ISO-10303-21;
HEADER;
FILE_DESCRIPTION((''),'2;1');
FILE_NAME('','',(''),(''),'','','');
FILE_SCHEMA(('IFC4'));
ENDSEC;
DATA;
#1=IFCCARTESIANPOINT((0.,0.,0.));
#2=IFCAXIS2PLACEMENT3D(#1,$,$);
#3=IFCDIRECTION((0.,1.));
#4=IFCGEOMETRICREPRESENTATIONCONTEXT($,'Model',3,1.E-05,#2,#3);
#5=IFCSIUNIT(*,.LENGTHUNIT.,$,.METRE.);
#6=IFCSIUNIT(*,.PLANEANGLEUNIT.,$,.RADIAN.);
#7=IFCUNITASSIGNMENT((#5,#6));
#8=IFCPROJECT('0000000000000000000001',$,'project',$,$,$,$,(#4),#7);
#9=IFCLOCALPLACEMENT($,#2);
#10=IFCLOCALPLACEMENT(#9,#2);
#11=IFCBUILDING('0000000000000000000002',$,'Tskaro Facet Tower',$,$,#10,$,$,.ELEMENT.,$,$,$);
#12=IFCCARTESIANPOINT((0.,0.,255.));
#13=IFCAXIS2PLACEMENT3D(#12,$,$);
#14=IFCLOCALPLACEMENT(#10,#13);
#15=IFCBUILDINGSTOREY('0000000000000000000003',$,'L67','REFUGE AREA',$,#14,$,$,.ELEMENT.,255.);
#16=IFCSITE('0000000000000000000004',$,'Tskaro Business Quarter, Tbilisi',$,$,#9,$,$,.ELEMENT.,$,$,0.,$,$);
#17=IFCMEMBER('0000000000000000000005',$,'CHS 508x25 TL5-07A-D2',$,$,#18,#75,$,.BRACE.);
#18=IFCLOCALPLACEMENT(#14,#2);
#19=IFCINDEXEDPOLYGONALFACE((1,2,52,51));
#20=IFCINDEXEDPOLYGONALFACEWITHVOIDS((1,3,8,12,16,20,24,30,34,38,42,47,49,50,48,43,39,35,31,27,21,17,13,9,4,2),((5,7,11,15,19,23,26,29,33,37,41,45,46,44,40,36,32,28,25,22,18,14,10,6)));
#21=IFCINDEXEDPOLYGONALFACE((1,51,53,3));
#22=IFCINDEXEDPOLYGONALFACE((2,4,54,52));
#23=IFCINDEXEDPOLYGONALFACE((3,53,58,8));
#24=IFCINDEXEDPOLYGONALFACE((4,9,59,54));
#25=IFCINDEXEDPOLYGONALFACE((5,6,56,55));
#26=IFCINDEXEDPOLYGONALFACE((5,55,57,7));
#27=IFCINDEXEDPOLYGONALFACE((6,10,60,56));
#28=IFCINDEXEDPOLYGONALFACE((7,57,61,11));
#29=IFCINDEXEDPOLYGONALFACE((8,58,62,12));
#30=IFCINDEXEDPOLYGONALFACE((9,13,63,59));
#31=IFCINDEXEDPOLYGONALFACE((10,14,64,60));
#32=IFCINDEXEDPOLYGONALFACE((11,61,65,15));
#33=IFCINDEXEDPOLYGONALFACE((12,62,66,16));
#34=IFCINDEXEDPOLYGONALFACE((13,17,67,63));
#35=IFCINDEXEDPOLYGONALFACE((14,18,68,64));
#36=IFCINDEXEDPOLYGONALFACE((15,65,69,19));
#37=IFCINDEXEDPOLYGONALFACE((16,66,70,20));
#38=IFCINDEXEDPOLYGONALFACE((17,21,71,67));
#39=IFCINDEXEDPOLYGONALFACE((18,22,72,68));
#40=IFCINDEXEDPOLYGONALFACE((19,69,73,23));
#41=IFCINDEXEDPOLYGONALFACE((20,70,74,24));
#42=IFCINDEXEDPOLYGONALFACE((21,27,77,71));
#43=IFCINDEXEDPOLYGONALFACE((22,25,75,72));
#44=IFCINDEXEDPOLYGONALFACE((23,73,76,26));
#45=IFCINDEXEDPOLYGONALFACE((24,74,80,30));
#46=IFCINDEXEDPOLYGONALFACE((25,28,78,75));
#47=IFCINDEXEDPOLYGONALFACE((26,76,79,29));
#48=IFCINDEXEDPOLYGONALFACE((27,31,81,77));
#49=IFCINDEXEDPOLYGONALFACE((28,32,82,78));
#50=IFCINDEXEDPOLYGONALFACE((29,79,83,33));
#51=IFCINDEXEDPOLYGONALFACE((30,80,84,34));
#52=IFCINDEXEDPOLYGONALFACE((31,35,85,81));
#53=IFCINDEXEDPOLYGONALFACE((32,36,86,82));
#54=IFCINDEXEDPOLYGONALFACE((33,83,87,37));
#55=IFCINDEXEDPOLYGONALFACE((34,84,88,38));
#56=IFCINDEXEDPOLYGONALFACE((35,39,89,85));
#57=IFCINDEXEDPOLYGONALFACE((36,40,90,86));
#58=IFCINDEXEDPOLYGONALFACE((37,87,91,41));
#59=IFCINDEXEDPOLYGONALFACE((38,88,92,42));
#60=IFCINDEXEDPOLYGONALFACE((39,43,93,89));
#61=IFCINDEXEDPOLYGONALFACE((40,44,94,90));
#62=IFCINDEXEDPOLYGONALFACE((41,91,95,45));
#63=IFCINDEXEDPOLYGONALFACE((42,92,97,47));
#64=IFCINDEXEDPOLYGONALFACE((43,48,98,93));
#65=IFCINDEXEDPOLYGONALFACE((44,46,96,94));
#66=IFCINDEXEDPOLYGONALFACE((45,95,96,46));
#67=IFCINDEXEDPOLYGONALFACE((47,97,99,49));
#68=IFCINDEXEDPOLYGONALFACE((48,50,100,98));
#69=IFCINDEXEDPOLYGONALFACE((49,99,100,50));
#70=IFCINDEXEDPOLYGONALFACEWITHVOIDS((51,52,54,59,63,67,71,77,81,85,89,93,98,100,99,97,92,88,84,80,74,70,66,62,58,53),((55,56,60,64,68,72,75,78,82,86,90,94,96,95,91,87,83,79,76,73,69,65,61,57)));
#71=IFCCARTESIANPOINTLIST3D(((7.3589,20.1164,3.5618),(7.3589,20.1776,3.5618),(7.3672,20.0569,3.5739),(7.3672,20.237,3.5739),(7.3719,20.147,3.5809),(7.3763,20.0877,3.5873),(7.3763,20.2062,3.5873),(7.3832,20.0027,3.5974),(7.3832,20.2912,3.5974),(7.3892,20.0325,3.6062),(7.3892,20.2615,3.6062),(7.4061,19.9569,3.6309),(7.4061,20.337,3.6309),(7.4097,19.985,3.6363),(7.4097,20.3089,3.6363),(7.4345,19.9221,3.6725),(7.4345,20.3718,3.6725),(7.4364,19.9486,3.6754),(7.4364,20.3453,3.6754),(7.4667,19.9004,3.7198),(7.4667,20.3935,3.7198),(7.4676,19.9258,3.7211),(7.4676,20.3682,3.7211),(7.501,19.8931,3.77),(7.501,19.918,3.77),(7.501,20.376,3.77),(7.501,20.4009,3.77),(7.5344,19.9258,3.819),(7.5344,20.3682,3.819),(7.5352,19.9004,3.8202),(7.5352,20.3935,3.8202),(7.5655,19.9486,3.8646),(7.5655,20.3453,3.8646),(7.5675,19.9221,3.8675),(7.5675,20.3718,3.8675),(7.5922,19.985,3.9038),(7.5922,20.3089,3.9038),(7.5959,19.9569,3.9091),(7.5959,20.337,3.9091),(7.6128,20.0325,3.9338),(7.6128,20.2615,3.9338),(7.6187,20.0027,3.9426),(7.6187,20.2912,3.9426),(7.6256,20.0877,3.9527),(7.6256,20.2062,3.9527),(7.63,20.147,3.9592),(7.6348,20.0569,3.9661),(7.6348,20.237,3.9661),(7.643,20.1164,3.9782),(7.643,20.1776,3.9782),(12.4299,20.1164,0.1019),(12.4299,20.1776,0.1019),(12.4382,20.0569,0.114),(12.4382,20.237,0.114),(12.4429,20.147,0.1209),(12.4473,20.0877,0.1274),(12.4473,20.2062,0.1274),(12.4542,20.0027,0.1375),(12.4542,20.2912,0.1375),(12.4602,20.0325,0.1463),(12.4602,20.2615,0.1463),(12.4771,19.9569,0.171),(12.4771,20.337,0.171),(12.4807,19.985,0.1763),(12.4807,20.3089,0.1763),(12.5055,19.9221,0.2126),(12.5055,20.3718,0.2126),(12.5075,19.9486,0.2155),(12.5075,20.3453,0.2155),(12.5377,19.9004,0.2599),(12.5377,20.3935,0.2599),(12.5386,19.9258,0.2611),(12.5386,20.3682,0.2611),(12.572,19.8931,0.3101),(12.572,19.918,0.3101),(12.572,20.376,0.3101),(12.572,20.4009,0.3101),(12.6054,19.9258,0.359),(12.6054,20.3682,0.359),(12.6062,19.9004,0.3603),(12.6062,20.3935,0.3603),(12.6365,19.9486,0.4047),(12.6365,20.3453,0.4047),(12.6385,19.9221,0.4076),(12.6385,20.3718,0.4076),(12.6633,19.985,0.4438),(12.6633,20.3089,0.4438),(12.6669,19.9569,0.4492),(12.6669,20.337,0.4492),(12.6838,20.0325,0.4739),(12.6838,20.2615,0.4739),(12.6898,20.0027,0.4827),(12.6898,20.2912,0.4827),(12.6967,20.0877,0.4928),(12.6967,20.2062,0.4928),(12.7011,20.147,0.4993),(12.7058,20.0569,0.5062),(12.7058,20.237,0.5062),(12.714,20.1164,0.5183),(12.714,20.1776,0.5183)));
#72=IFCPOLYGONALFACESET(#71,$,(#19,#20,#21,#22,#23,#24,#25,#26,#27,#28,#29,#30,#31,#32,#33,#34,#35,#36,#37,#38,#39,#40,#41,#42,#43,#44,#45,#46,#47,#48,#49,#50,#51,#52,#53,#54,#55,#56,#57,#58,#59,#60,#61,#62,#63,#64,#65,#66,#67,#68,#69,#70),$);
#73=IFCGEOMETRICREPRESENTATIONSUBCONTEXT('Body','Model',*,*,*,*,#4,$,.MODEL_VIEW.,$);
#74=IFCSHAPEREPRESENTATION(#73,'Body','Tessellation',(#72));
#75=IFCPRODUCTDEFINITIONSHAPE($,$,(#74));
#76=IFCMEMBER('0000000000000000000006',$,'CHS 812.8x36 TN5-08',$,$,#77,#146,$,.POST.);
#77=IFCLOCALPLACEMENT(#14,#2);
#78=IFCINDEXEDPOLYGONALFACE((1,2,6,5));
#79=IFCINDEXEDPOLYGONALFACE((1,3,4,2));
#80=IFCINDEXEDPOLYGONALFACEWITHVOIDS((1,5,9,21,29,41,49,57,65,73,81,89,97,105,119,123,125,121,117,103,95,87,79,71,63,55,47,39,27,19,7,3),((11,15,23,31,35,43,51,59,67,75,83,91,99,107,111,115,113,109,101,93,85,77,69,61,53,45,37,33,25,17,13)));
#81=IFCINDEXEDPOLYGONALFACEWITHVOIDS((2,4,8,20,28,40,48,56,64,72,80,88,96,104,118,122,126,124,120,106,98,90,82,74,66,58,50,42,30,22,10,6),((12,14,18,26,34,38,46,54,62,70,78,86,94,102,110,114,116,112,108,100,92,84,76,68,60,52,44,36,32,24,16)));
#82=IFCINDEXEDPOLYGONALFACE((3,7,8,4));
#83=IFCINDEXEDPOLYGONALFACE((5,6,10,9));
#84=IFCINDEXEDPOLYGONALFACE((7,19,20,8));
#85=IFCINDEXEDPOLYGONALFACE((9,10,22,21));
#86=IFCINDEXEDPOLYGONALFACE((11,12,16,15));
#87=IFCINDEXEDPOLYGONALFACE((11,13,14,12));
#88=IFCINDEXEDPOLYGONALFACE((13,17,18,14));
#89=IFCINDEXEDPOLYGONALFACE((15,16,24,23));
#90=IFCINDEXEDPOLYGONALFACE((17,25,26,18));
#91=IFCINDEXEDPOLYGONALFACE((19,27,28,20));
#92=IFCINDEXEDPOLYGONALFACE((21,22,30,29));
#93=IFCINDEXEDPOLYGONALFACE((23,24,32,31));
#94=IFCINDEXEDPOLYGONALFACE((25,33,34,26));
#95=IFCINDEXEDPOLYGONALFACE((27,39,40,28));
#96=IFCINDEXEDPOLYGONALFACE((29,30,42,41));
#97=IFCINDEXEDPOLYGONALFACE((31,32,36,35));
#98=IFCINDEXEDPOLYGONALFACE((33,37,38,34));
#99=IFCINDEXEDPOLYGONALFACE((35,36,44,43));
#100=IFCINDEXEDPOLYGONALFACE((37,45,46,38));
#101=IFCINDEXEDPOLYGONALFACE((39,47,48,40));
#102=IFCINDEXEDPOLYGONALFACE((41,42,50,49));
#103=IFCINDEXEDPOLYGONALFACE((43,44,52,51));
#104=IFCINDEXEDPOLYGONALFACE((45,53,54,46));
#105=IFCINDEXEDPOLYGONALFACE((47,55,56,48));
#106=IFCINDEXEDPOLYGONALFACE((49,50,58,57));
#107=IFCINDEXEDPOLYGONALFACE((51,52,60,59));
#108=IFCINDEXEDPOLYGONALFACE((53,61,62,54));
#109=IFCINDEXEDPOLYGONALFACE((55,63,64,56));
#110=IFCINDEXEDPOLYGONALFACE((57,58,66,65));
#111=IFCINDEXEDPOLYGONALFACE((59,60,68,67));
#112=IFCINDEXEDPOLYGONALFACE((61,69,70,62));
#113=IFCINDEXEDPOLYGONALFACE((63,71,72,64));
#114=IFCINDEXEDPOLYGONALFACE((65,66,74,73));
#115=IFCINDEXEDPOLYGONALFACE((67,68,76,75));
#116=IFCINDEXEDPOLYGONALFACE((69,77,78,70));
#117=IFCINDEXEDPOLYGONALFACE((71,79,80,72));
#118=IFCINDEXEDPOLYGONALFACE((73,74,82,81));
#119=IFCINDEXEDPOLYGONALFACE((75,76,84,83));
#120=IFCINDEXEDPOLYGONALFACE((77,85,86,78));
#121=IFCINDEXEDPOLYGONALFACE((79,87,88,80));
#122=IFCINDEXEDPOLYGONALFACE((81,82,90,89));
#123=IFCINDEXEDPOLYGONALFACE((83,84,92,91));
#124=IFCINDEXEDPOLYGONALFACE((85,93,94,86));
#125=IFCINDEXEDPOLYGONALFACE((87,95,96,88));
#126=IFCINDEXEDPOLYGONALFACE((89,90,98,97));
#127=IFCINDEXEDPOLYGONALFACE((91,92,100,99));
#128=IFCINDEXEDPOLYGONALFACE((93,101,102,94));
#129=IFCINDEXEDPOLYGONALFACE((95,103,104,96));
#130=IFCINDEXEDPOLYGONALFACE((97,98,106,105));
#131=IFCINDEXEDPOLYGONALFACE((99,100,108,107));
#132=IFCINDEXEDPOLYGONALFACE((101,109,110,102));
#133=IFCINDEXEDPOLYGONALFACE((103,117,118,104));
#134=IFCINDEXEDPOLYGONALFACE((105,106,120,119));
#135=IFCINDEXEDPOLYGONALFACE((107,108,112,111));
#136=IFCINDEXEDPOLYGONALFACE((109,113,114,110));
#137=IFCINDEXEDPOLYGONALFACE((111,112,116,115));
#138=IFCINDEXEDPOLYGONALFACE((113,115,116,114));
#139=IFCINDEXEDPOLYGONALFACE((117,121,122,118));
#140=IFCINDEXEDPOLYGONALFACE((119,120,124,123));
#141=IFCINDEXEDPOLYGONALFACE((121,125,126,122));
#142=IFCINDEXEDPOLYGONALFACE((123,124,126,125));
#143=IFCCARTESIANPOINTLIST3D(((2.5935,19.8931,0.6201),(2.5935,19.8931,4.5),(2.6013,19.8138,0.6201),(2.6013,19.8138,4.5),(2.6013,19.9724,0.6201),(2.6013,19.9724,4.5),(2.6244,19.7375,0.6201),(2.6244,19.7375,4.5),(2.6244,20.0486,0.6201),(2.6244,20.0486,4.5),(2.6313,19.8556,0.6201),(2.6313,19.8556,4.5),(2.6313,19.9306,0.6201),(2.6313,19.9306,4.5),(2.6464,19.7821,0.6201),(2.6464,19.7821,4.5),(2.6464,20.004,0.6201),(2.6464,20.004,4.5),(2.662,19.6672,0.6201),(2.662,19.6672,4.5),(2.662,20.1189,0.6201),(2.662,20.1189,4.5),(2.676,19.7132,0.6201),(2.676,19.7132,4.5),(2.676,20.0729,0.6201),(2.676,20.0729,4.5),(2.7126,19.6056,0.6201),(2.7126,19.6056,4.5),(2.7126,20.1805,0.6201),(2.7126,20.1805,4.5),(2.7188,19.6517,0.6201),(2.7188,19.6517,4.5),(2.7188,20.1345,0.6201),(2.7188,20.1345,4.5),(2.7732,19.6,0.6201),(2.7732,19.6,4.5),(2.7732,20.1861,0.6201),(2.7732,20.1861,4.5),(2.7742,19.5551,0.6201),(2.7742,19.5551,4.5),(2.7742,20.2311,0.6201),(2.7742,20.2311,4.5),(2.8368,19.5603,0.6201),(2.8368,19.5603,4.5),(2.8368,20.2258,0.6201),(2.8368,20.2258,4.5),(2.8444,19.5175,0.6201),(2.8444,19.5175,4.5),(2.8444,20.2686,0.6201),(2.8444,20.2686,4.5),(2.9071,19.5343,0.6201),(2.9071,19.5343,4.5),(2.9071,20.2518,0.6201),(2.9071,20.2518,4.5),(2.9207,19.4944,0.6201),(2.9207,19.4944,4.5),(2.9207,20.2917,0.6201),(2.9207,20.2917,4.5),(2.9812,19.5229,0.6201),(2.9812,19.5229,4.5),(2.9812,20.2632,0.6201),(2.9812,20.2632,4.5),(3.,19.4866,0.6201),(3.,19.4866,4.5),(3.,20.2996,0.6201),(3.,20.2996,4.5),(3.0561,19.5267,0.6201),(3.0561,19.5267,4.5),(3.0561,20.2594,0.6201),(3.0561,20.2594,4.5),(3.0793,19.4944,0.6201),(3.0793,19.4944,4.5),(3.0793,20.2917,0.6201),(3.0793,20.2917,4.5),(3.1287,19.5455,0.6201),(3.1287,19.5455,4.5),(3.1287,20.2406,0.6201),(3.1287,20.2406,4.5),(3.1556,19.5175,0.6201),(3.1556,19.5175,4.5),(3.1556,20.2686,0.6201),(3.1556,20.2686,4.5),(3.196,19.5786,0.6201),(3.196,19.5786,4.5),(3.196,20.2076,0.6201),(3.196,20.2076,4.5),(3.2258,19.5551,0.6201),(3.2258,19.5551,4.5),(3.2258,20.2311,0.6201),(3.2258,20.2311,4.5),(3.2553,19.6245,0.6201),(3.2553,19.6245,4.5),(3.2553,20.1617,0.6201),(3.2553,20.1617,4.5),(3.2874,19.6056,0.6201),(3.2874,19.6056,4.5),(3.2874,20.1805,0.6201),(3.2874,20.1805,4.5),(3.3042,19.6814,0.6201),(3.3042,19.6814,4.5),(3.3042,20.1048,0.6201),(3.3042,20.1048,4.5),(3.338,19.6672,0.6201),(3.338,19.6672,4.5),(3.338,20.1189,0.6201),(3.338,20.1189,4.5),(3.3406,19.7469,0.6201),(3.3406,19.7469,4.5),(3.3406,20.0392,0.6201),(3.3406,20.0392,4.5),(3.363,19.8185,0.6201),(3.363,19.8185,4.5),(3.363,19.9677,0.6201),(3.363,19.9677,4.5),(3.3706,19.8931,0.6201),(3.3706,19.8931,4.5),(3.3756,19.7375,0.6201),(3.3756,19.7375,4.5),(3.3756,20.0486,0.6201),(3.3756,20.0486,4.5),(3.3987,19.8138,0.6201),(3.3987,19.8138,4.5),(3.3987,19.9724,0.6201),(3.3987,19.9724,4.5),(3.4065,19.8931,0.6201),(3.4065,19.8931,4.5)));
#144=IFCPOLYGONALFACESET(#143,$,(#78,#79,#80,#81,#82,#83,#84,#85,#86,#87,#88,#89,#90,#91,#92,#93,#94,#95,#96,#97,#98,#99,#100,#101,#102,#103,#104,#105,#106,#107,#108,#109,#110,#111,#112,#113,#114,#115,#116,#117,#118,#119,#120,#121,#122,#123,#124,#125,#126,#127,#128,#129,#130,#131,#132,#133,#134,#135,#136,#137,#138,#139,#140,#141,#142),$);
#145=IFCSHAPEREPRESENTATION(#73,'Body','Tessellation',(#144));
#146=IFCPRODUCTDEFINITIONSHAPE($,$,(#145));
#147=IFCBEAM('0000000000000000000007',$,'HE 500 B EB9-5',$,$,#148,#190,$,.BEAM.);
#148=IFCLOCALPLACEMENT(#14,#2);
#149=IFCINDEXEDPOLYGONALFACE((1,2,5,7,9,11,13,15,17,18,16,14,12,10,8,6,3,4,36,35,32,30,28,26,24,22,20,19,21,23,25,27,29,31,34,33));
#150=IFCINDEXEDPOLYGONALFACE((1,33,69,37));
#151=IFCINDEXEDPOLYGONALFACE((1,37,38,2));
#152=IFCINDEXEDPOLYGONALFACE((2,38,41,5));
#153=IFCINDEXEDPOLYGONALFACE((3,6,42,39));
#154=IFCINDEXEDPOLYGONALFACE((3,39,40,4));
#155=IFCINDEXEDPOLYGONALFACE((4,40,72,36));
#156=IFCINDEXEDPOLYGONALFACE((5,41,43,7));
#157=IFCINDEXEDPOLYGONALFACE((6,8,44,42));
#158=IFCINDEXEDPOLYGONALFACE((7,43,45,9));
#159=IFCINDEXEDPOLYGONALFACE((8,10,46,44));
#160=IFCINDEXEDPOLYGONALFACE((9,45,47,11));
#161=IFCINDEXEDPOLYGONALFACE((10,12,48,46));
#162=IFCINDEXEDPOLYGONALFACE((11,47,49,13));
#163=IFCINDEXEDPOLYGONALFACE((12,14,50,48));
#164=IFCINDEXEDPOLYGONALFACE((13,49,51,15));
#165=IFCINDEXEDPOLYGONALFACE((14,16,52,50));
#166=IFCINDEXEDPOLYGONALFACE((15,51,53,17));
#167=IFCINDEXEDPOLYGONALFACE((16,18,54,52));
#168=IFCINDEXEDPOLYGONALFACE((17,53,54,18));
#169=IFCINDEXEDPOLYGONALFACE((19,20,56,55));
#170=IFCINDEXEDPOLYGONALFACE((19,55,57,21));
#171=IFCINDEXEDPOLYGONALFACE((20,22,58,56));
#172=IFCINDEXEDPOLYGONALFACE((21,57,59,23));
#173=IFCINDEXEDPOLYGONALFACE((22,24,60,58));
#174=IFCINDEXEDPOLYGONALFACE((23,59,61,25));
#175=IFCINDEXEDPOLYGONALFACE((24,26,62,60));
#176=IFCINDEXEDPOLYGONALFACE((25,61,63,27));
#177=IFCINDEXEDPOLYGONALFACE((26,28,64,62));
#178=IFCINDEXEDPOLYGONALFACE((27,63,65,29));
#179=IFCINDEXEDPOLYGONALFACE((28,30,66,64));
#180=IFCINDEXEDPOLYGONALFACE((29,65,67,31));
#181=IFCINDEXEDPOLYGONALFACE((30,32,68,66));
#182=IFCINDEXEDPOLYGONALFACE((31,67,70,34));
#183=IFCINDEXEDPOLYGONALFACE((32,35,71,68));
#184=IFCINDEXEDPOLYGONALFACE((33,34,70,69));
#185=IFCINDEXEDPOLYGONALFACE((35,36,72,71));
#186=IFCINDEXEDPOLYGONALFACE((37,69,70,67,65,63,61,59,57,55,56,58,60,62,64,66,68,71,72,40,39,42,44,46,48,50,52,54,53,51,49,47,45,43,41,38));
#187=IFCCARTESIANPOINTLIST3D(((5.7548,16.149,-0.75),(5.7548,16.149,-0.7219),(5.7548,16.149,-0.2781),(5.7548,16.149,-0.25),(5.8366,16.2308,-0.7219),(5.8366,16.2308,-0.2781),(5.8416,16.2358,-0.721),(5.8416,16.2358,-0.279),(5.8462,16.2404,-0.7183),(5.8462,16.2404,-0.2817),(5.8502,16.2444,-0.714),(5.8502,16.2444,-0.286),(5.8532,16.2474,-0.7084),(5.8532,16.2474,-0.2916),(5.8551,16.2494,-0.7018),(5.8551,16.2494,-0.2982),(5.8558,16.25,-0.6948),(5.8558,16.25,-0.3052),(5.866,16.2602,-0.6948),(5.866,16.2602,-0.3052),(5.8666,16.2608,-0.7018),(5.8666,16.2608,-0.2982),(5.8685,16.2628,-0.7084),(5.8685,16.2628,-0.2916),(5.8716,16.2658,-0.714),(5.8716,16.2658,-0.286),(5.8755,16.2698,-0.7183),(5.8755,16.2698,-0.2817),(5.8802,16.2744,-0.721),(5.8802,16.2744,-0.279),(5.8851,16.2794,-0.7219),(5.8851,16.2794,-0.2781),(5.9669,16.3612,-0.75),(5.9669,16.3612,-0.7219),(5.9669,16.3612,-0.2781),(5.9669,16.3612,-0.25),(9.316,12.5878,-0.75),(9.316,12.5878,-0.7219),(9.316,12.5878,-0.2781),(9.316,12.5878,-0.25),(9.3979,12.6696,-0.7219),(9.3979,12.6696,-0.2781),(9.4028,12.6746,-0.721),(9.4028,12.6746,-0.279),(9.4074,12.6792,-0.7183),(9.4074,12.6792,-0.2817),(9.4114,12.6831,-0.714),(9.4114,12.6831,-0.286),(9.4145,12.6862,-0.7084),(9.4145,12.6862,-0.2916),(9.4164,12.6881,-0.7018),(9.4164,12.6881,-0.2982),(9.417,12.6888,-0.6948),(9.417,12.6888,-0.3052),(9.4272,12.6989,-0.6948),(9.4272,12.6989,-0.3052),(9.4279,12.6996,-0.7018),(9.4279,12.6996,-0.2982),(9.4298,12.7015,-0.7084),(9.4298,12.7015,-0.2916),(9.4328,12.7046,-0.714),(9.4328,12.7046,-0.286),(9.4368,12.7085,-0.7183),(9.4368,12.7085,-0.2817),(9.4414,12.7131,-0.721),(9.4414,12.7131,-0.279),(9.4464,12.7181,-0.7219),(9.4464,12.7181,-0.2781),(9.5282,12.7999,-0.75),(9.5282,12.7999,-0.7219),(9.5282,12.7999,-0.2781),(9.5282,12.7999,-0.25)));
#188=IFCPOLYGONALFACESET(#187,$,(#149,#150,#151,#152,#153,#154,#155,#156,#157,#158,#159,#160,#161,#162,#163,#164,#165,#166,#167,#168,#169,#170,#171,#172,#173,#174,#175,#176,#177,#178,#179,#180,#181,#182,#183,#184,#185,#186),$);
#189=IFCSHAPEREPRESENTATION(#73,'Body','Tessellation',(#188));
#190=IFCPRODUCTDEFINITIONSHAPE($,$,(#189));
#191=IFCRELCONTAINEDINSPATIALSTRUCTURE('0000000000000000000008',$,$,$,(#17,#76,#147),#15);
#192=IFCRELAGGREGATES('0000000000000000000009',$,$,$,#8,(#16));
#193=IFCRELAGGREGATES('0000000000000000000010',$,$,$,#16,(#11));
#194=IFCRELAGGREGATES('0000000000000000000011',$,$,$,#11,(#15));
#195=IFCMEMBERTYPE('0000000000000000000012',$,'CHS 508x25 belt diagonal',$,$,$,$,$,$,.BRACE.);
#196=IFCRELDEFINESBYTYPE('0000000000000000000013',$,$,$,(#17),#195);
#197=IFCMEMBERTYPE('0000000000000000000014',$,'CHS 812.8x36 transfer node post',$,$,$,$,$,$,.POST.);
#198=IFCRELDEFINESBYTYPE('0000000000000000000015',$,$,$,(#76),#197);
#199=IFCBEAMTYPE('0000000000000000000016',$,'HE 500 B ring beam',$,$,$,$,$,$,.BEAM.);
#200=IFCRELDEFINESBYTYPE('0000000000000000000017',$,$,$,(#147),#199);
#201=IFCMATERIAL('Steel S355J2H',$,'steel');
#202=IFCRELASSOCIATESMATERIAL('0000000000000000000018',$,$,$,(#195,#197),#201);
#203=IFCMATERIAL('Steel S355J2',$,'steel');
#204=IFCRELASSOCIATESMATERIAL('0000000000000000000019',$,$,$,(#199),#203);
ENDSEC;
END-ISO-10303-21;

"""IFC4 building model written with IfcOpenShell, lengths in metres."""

from ifc_helpers import new_model, si_unit, direction, frame, origin, origin_2d, place, context, subcontext, project, spatial, hollow_circle, i_section, extrude, material, material_profile, profile_set, type_object, element, save


model = new_model("IFC4")

# Units and contexts
model_context = context("Model", 3, precision=1e-05, world=origin(), true_north=direction((0.0, 1.0)))
body_context = subcontext(model_context, "Body", "Model", "MODEL_VIEW")
ifc_project = project(units=[si_unit("LENGTHUNIT", "METRE"), si_unit("PLANEANGLEUNIT", "RADIAN")], contexts=[model_context])

# Site, building, storey
site_placement = place(None, origin())
site = spatial("IfcSite", under=ifc_project, at=site_placement, Name="Tskaro Business Quarter, Tbilisi", CompositionType="ELEMENT", RefElevation=0.0)
building_placement = place(site_placement, origin())
building = spatial("IfcBuilding", under=site, at=building_placement, Name="Tskaro Facet Tower", CompositionType="ELEMENT")
storey_placement = place(building_placement, frame((0.0, 0.0, 255.0)))
storey = spatial("IfcBuildingStorey", under=building, at=storey_placement, Name="L67", Description="REFUGE AREA", CompositionType="ELEMENT", Elevation=255.0)

# Shared definitions
ifc_material_1 = material(Name="Steel S355J2", Category="steel")
ifc_material_2 = material(Name="Steel S355J2H", Category="steel")

# Members
ifc_material_profile_1 = material_profile(ifc_material_2, hollow_circle(Radius=0.2539, WallThickness=0.0249, at=origin_2d()), Name="CHS 508x25")
ifc_profile_set_1 = profile_set([ifc_material_profile_1], Name="Steel S355J2H")
member_type_1 = type_object("IfcMemberType", Name="CHS 508x25 belt diagonal", PredefinedType="BRACE", material=ifc_profile_set_1)
for number, where, z_axis, x_axis, name in (
    (1, (7.501, 20.147, 3.77), (0.826043, 0.0, -0.563607), (0.0, 1.0, 0.0), "CHS 508x25 TL5-07A-D2"),
):
    element("IfcMember", number, at=place(storey_placement, frame(where, z_axis=z_axis, x_axis=x_axis)), inside=storey, type_object=member_type_1, Name=name, PredefinedType="BRACE", context=body_context, shape_type="SweptSolid", body=[
        extrude(hollow_circle(Radius=0.2539, WallThickness=0.0249, at=origin_2d()), origin(), (0.0, 0.0, 1.0), 6.1389),
    ])
ifc_material_profile_2 = material_profile(ifc_material_2, hollow_circle(Radius=0.4065, WallThickness=0.0359, at=origin_2d()), Name="CHS 812.8x36")
ifc_profile_set_2 = profile_set([ifc_material_profile_2], Name="Steel S355J2H")
member_type_2 = type_object("IfcMemberType", Name="CHS 812.8x36 transfer node post", PredefinedType="POST", material=ifc_profile_set_2)
member_1_placement = place(storey_placement, frame((3.0, 19.8931, 0.6201), z_axis=(0.0, 0.0, 1.0), x_axis=(1.0, 0.0, 0.0)))
element("IfcMember", 2, at=member_1_placement, inside=storey, type_object=member_type_2, Name="CHS 812.8x36 TN5-08", PredefinedType="POST", context=body_context, shape_type="SweptSolid", body=[
    extrude(hollow_circle(Radius=0.4065, WallThickness=0.0359, at=origin_2d()), origin(), (0.0, 0.0, 1.0), 3.8799),
])

# Beam
ifc_material_profile_3 = material_profile(ifc_material_1, i_section(OverallWidth=0.3, OverallDepth=0.5, WebThickness=0.0144, FlangeThickness=0.0281, FilletRadius=0.0271, at=origin_2d()), Name="HE 500 B")
ifc_profile_set_3 = profile_set([ifc_material_profile_3], Name="Steel S355J2")
beam_type_1 = type_object("IfcBeamType", Name="HE 500 B ring beam", PredefinedType="BEAM", material=ifc_profile_set_3)
beam_1_placement = place(storey_placement, frame((9.4221, 12.6938, -0.5), z_axis=(-0.707107, 0.707107, 0.0), x_axis=(-0.707107, -0.707107, 0.0)))
element("IfcBeam", 3, at=beam_1_placement, inside=storey, type_object=beam_type_1, Name="HE 500 B EB9-5", PredefinedType="BEAM", context=body_context, shape_type="SweptSolid", body=[
    extrude(i_section(OverallWidth=0.3, OverallDepth=0.5, WebThickness=0.0144, FlangeThickness=0.0281, FilletRadius=0.0271, at=origin_2d()), origin(), (0.0, 0.0, 1.0), 5.0364),
])

save(model, "model.ifc")
